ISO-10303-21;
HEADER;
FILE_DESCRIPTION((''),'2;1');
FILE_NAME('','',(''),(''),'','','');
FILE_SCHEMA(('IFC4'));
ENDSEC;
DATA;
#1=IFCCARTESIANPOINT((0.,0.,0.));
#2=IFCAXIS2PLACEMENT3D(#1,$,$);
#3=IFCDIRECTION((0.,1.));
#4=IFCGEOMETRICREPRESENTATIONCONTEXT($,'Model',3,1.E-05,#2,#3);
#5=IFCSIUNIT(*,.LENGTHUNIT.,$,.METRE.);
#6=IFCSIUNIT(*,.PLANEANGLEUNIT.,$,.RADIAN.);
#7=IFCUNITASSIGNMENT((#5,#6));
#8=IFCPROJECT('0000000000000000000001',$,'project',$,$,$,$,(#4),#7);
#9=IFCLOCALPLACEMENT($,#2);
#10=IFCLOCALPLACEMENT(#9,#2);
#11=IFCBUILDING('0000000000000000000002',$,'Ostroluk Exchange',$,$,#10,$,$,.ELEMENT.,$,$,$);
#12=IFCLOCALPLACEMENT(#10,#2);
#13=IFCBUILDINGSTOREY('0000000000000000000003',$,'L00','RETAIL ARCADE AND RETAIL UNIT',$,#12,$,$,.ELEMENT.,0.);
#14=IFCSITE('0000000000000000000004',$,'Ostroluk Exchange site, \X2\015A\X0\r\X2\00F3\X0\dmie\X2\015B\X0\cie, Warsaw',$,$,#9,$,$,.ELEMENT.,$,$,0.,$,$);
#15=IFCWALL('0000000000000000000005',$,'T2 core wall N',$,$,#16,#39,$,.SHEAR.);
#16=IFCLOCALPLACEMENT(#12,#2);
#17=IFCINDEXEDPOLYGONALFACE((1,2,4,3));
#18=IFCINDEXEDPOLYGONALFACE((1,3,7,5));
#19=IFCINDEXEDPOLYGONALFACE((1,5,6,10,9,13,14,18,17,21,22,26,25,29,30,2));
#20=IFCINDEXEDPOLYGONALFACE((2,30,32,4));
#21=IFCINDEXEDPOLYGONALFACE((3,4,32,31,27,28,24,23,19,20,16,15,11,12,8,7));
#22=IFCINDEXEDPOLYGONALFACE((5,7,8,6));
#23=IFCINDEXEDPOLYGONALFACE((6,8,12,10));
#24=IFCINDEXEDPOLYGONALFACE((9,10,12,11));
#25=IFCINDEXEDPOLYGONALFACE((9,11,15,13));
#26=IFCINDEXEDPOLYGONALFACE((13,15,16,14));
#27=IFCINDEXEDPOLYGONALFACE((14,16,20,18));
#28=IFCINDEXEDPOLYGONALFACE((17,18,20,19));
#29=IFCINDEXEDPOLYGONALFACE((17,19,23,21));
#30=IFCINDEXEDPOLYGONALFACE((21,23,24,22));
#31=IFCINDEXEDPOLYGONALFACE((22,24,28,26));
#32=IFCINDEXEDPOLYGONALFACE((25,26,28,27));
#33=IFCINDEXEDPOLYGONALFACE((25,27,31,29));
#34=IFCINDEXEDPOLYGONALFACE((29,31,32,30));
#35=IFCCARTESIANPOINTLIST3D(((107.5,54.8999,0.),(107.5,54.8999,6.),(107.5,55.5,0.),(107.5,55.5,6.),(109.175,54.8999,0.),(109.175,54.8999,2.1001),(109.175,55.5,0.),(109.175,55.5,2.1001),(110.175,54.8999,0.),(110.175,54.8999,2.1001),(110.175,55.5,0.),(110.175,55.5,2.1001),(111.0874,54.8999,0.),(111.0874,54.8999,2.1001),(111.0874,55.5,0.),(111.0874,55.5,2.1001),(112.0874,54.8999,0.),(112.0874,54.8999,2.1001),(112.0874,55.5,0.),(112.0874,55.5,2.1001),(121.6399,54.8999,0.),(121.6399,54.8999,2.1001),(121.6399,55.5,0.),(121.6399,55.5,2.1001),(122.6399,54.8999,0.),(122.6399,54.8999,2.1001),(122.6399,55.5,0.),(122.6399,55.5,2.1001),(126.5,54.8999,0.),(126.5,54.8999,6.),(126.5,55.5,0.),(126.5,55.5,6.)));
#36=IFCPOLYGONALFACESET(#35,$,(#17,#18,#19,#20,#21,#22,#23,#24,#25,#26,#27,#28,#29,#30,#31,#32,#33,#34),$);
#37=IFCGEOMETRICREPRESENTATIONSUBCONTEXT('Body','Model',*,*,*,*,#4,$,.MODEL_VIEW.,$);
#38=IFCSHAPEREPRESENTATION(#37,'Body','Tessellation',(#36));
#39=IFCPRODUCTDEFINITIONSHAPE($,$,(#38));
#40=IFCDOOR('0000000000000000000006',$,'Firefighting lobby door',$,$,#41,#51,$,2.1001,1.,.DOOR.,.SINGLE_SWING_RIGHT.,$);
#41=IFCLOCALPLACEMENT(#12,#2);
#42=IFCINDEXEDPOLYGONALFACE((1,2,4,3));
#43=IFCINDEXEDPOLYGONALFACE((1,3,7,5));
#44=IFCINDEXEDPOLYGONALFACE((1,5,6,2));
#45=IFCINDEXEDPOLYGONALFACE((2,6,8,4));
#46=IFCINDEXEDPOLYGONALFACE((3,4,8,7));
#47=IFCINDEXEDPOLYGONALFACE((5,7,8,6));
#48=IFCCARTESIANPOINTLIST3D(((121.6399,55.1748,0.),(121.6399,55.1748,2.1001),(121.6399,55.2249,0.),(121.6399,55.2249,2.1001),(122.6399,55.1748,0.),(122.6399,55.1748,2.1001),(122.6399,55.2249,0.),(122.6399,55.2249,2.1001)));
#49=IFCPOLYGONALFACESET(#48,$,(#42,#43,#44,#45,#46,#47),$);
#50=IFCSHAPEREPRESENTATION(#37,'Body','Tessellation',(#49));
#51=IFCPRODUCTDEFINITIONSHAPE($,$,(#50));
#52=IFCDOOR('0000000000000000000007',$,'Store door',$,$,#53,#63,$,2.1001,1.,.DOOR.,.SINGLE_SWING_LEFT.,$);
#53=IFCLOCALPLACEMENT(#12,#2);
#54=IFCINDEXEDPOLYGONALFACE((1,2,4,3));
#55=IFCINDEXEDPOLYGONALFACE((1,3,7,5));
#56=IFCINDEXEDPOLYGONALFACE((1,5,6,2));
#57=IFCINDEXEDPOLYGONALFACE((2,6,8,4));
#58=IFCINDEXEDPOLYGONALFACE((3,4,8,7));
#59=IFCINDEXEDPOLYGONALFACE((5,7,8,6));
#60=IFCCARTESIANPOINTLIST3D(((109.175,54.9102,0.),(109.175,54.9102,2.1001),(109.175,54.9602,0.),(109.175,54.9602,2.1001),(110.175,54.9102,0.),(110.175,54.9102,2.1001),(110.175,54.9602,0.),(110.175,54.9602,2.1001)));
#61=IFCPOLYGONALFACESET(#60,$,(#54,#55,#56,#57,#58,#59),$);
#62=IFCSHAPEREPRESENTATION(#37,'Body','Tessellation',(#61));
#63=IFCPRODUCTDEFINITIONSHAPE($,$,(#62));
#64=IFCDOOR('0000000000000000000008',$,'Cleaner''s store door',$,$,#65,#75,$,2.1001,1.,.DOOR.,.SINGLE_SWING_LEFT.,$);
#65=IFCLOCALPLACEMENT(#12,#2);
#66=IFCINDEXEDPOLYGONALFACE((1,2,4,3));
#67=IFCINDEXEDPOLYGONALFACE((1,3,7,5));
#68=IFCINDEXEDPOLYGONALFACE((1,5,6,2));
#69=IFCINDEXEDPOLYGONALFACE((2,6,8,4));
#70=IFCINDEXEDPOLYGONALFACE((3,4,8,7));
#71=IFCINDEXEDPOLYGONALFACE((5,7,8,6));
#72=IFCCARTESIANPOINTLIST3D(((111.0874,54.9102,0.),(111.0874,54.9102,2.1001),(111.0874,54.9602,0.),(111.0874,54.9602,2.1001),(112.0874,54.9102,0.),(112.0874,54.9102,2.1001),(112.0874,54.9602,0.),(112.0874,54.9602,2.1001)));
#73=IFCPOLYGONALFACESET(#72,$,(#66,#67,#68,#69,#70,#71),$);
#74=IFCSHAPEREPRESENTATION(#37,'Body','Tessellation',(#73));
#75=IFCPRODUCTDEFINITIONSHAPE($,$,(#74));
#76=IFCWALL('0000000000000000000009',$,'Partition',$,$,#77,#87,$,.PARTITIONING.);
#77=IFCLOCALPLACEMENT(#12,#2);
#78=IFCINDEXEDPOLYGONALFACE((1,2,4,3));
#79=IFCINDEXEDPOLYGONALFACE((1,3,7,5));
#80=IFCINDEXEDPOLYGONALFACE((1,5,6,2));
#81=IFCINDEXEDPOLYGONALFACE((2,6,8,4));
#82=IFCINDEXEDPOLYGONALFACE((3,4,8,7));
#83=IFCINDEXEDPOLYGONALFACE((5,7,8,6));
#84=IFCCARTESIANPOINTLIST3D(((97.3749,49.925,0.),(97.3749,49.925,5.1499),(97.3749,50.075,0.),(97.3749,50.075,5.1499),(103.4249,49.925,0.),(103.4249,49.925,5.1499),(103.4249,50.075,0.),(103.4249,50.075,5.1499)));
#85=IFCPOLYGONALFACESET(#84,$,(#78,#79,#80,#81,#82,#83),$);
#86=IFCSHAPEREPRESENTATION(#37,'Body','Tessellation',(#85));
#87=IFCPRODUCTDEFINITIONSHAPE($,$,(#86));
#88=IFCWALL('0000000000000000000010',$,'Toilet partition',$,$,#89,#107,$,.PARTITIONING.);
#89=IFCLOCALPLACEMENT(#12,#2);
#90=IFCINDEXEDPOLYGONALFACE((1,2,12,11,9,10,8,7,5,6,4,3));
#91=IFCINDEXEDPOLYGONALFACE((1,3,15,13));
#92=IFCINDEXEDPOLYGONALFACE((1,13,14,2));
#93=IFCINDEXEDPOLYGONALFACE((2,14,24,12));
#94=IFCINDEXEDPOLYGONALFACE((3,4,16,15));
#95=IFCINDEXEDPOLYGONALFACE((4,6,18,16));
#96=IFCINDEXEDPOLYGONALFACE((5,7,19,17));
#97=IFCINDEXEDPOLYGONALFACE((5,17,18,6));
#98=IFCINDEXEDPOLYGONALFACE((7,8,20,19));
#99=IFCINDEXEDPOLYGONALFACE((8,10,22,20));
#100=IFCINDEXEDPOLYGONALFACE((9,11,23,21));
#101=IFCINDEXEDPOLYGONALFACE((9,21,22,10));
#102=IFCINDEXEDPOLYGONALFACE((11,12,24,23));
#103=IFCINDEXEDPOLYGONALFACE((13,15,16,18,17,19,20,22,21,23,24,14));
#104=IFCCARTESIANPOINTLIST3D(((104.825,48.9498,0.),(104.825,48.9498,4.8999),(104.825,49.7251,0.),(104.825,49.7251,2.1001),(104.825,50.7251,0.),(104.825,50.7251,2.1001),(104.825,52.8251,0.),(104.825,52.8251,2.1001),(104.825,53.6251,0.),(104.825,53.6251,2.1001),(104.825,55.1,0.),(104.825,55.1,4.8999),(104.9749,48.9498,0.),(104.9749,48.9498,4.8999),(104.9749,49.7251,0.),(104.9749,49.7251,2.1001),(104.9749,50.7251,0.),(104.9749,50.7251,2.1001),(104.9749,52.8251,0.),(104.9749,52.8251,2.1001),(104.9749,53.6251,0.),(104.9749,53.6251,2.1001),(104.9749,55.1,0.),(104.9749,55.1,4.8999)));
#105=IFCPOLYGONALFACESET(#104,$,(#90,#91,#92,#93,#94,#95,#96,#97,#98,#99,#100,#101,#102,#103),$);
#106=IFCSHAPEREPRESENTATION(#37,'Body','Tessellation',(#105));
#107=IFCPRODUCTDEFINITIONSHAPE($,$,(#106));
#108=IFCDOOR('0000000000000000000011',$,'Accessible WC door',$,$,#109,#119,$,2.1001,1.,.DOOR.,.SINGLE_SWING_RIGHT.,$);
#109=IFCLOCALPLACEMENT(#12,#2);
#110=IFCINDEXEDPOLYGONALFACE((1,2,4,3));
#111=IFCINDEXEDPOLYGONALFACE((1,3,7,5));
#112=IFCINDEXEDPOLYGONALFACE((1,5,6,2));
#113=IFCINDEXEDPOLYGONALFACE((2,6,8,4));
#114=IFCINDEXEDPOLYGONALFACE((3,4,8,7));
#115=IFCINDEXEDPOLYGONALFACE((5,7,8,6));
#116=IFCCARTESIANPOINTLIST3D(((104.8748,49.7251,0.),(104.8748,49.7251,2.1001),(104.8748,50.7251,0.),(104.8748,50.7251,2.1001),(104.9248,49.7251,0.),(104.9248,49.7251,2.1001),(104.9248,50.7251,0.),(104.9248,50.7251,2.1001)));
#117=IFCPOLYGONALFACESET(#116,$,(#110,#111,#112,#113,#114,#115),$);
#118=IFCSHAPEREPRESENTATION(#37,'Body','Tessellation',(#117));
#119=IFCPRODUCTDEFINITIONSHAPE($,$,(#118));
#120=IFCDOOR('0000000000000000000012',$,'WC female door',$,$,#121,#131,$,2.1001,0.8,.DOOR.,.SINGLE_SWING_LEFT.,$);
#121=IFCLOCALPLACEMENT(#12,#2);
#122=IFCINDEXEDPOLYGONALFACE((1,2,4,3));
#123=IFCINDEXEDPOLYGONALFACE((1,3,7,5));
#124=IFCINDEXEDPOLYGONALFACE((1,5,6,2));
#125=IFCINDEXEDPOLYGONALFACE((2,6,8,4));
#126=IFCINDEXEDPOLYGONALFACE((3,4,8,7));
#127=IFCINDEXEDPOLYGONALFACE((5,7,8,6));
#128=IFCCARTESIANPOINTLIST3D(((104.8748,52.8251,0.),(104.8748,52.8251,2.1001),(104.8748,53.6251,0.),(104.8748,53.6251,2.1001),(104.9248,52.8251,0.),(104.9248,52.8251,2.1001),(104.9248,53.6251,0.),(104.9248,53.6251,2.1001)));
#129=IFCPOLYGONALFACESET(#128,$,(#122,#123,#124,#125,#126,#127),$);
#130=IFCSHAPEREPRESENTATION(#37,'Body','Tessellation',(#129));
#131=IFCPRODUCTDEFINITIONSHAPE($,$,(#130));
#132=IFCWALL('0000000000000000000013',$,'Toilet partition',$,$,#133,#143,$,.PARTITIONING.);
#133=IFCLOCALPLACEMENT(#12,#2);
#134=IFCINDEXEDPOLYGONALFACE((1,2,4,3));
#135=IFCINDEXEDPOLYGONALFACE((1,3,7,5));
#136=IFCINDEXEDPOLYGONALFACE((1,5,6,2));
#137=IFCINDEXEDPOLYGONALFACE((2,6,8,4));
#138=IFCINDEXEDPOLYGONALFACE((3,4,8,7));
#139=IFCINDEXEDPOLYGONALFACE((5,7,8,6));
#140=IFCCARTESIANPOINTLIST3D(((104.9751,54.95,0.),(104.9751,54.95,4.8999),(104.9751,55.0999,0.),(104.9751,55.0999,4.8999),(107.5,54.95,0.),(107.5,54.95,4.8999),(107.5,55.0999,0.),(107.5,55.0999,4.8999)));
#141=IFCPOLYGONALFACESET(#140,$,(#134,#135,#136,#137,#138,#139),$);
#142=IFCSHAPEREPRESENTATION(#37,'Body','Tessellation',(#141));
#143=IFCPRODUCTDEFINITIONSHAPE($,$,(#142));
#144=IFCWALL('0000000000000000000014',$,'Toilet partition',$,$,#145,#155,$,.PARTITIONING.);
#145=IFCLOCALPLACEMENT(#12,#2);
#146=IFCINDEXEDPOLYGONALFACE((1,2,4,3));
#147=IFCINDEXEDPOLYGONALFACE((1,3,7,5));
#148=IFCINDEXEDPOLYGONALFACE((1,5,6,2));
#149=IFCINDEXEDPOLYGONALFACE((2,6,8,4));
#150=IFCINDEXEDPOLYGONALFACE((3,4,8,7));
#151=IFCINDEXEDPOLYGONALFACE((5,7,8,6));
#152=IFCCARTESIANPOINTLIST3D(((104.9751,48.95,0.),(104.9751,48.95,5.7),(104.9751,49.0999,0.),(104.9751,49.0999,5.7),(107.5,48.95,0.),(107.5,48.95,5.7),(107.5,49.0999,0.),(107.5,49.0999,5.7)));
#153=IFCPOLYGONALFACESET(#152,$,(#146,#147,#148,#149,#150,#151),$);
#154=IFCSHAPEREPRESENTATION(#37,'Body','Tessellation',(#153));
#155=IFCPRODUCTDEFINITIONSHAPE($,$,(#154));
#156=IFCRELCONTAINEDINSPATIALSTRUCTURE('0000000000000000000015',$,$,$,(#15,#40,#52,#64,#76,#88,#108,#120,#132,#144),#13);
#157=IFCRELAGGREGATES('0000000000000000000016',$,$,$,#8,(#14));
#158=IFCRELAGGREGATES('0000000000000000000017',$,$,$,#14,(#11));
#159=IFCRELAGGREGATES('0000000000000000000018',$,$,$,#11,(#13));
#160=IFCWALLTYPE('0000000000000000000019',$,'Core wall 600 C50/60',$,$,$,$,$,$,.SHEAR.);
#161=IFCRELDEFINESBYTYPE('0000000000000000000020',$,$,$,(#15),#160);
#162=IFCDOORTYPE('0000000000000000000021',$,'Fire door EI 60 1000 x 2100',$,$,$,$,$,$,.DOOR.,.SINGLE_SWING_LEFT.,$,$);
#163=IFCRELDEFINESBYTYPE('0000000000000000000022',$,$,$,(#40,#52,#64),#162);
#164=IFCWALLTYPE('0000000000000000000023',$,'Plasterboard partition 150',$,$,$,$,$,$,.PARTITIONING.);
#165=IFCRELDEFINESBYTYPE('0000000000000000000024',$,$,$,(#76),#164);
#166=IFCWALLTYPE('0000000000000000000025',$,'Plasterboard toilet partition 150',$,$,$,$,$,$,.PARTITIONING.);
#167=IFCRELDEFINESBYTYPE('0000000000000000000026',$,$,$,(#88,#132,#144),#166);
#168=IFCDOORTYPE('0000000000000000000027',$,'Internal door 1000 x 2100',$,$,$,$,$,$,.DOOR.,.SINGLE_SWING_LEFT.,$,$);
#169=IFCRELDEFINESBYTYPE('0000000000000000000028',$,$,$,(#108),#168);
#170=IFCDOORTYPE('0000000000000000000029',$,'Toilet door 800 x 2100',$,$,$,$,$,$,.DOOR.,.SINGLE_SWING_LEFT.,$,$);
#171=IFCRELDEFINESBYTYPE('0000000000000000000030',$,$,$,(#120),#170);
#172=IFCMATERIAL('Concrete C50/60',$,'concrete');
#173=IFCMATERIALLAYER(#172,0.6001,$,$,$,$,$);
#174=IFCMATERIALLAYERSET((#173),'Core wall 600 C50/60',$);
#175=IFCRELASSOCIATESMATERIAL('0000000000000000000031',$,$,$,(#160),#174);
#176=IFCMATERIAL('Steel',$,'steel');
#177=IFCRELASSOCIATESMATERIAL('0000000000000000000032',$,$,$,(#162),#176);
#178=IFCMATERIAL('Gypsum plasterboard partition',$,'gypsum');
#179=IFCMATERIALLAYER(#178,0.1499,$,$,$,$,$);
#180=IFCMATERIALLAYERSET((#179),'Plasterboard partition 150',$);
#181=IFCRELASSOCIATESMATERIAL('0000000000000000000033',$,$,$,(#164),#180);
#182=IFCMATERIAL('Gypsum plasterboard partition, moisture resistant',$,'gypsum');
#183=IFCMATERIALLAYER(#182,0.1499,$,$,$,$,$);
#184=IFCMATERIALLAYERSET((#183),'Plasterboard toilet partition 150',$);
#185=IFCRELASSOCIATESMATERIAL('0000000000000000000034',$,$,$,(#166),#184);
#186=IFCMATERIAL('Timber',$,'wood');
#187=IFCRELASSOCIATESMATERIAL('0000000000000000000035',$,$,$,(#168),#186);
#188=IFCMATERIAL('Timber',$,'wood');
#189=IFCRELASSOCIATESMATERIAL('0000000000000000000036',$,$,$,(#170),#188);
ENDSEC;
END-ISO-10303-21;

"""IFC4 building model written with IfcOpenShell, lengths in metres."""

from ifc_helpers import new_model, si_unit, direction, frame, frame_2d, origin, place, context, subcontext, project, spatial, rectangle, extrude, material, layer, layer_set, type_object, element, fill, save


model = new_model("IFC4")

# Units and contexts
model_context = context("Model", 3, precision=1e-05, world=origin(), true_north=direction((0.0, 1.0)))
body_context = subcontext(model_context, "Body", "Model", "MODEL_VIEW")
ifc_project = project(units=[si_unit("LENGTHUNIT", "METRE"), si_unit("PLANEANGLEUNIT", "RADIAN")], contexts=[model_context])

# Site, building, storey
site_placement = place(None, origin())
site = spatial("IfcSite", under=ifc_project, at=site_placement, Name="Ostroluk Exchange site, Śródmieście, Warsaw", CompositionType="ELEMENT", RefElevation=0.0)
building_placement = place(site_placement, origin())
building = spatial("IfcBuilding", under=site, at=building_placement, Name="Ostroluk Exchange", CompositionType="ELEMENT")
storey_placement = place(building_placement, origin())
storey = spatial("IfcBuildingStorey", under=building, at=storey_placement, Name="L00", Description="RETAIL ARCADE AND RETAIL UNIT", CompositionType="ELEMENT", Elevation=0.0)

# Wall, openings, doors
ifc_material_1 = material(Name="Concrete C50/60", Category="concrete")
ifc_layer_1 = layer(ifc_material_1, 0.6001)
ifc_layer_set_1 = layer_set([ifc_layer_1], Name="Core wall 600 C50/60")
wall_type_1 = type_object("IfcWallType", Name="Core wall 600 C50/60", PredefinedType="SHEAR", material=ifc_layer_set_1)
wall_1_placement = place(storey_placement, frame((107.5, 55.2, 0.0), z_axis=(0.0, 0.0, 1.0), x_axis=(1.0, 0.0, 0.0)))
wall_1 = element("IfcWall", 1, at=wall_1_placement, inside=storey, type_object=wall_type_1, Name="T2 core wall N", PredefinedType="SHEAR", context=body_context, shape_type="SweptSolid", body=[
    extrude(rectangle(XDim=19.0, YDim=0.6001, at=frame_2d((9.5, 0.0))), origin(), (0.0, 0.0, 1.0), 6.0),
])
opening_1_placement = place(wall_1_placement, frame((14.1399, 0.0, 0.0)))
opening_1 = element("IfcOpeningElement", 2, at=opening_1_placement, cuts=wall_1, PredefinedType="OPENING", context=body_context, shape_type="SweptSolid", body=[
    extrude(rectangle(XDim=1.0, YDim=2.1001, at=frame_2d((0.5, 1.05))), frame((0.0, 0.3101, 0.0), z_axis=(0.0, -1.0, 0.0), x_axis=(1.0, 0.0, 0.0)), (0.0, 0.0, 1.0), 0.6201),
])
opening_2_placement = place(wall_1_placement, frame((1.675, 0.0, 0.0)))
opening_2 = element("IfcOpeningElement", 3, at=opening_2_placement, cuts=wall_1, PredefinedType="OPENING", context=body_context, shape_type="SweptSolid", body=[
    extrude(rectangle(XDim=1.0, YDim=2.1001, at=frame_2d((0.5, 1.05))), frame((0.0, 0.3101, 0.0), z_axis=(0.0, -1.0, 0.0), x_axis=(1.0, 0.0, 0.0)), (0.0, 0.0, 1.0), 0.6201),
])
opening_3_placement = place(wall_1_placement, frame((3.5874, 0.0, 0.0)))
opening_3 = element("IfcOpeningElement", 4, at=opening_3_placement, cuts=wall_1, PredefinedType="OPENING", context=body_context, shape_type="SweptSolid", body=[
    extrude(rectangle(XDim=1.0, YDim=2.1001, at=frame_2d((0.5, 1.05))), frame((0.0, 0.3101, 0.0), z_axis=(0.0, -1.0, 0.0), x_axis=(1.0, 0.0, 0.0)), (0.0, 0.0, 1.0), 0.6201),
])
ifc_material_2 = material(Name="Steel", Category="steel")
door_type_1 = type_object("IfcDoorType", Name="Fire door EI 60 1000 x 2100", OperationType="SINGLE_SWING_LEFT", PredefinedType="DOOR", material=ifc_material_2)
door_1_placement = place(opening_1_placement, origin())
door_1 = element("IfcDoor", 5, at=door_1_placement, inside=storey, type_object=door_type_1, Name="Firefighting lobby door", OperationType="SINGLE_SWING_RIGHT", OverallHeight=2.1001, OverallWidth=1.0, PredefinedType="DOOR", context=body_context, shape_type="SweptSolid", body=[
    extrude(rectangle(XDim=1.0, YDim=2.1001, at=frame_2d((0.5, 1.05))), frame((0.0, 0.0249, 0.0), z_axis=(0.0, -1.0, 0.0), x_axis=(1.0, 0.0, 0.0)), (0.0, 0.0, 1.0), 0.05),
])
fill(opening_1, door_1)
door_2_placement = place(opening_2_placement, origin())
door_2 = element("IfcDoor", 6, at=door_2_placement, inside=storey, type_object=door_type_1, Name="Store door", OperationType="SINGLE_SWING_LEFT", OverallHeight=2.1001, OverallWidth=1.0, PredefinedType="DOOR", context=body_context, shape_type="SweptSolid", body=[
    extrude(rectangle(XDim=1.0, YDim=2.1001, at=frame_2d((0.5, 1.05))), frame((0.0, -0.2397, 0.0), z_axis=(0.0, -1.0, 0.0), x_axis=(1.0, 0.0, 0.0)), (0.0, 0.0, 1.0), 0.05),
])
fill(opening_2, door_2)
door_3_placement = place(opening_3_placement, origin())
door_3 = element("IfcDoor", 7, at=door_3_placement, inside=storey, type_object=door_type_1, Name="Cleaner's store door", OperationType="SINGLE_SWING_LEFT", OverallHeight=2.1001, OverallWidth=1.0, PredefinedType="DOOR", context=body_context, shape_type="SweptSolid", body=[
    extrude(rectangle(XDim=1.0, YDim=2.1001, at=frame_2d((0.5, 1.05))), frame((0.0, -0.2397, 0.0), z_axis=(0.0, -1.0, 0.0), x_axis=(1.0, 0.0, 0.0)), (0.0, 0.0, 1.0), 0.05),
])
fill(opening_3, door_3)

# Wall
ifc_material_3 = material(Name="Gypsum plasterboard partition", Category="gypsum")
ifc_layer_2 = layer(ifc_material_3, 0.1499)
ifc_layer_set_2 = layer_set([ifc_layer_2], Name="Plasterboard partition 150")
wall_type_2 = type_object("IfcWallType", Name="Plasterboard partition 150", PredefinedType="PARTITIONING", material=ifc_layer_set_2)
wall_2_placement = place(storey_placement, frame((97.375, 50.0, 0.0), z_axis=(0.0, 0.0, 1.0), x_axis=(1.0, 0.0, 0.0)))
element("IfcWall", 8, at=wall_2_placement, inside=storey, type_object=wall_type_2, Name="Partition", PredefinedType="PARTITIONING", context=body_context, shape_type="SweptSolid", body=[
    extrude(rectangle(XDim=6.05, YDim=0.1499, at=frame_2d((3.0249, 0.0))), origin(), (0.0, 0.0, 1.0), 5.1499),
])

# Wall, openings, doors
ifc_material_4 = material(Name="Gypsum plasterboard partition, moisture resistant", Category="gypsum")
ifc_layer_3 = layer(ifc_material_4, 0.1499)
ifc_layer_set_3 = layer_set([ifc_layer_3], Name="Plasterboard toilet partition 150")
wall_type_3 = type_object("IfcWallType", Name="Plasterboard toilet partition 150", PredefinedType="PARTITIONING", material=ifc_layer_set_3)
wall_3_placement = place(storey_placement, frame((104.8999, 55.1001, 0.0), z_axis=(0.0, 0.0, 1.0), x_axis=(0.0, -1.0, 0.0)))
wall_3 = element("IfcWall", 9, at=wall_3_placement, inside=storey, type_object=wall_type_3, Name="Toilet partition", PredefinedType="PARTITIONING", context=body_context, shape_type="SweptSolid", body=[
    extrude(rectangle(XDim=6.1501, YDim=0.1499, at=frame_2d((3.0752, 0.0))), origin(), (0.0, 0.0, 1.0), 4.8999),
])
opening_4_placement = place(wall_3_placement, frame((1.4751, 0.0, 0.0)))
opening_4 = element("IfcOpeningElement", 10, at=opening_4_placement, cuts=wall_3, PredefinedType="OPENING", context=body_context, shape_type="SweptSolid", body=[
    extrude(rectangle(XDim=0.8, YDim=2.1001, at=frame_2d((0.3999, 1.05))), frame((0.0, 0.085, 0.0), z_axis=(0.0, -1.0, 0.0), x_axis=(1.0, 0.0, 0.0)), (0.0, 0.0, 1.0), 0.1699),
])
opening_5_placement = place(wall_3_placement, frame((4.375, 0.0, 0.0)))
opening_5 = element("IfcOpeningElement", 11, at=opening_5_placement, cuts=wall_3, PredefinedType="OPENING", context=body_context, shape_type="SweptSolid", body=[
    extrude(rectangle(XDim=1.0, YDim=2.1001, at=frame_2d((0.5, 1.05))), frame((0.0, 0.085, 0.0), z_axis=(0.0, -1.0, 0.0), x_axis=(1.0, 0.0, 0.0)), (0.0, 0.0, 1.0), 0.1699),
])
ifc_material_5 = material(Name="Timber", Category="wood")
door_type_2 = type_object("IfcDoorType", Name="Internal door 1000 x 2100", OperationType="SINGLE_SWING_LEFT", PredefinedType="DOOR", material=ifc_material_5)
door_4_placement = place(opening_5_placement, origin())
door_4 = element("IfcDoor", 12, at=door_4_placement, inside=storey, type_object=door_type_2, Name="Accessible WC door", OperationType="SINGLE_SWING_RIGHT", OverallHeight=2.1001, OverallWidth=1.0, PredefinedType="DOOR", context=body_context, shape_type="SweptSolid", body=[
    extrude(rectangle(XDim=1.0, YDim=2.1001, at=frame_2d((0.5, 1.05))), frame((0.0, 0.0249, 0.0), z_axis=(0.0, -1.0, 0.0), x_axis=(1.0, 0.0, 0.0)), (0.0, 0.0, 1.0), 0.05),
])
fill(opening_5, door_4)
ifc_material_6 = material(Name="Timber", Category="wood")
door_type_3 = type_object("IfcDoorType", Name="Toilet door 800 x 2100", OperationType="SINGLE_SWING_LEFT", PredefinedType="DOOR", material=ifc_material_6)
door_5_placement = place(opening_4_placement, origin())
door_5 = element("IfcDoor", 13, at=door_5_placement, inside=storey, type_object=door_type_3, Name="WC female door", OperationType="SINGLE_SWING_LEFT", OverallHeight=2.1001, OverallWidth=0.8, PredefinedType="DOOR", context=body_context, shape_type="SweptSolid", body=[
    extrude(rectangle(XDim=0.8, YDim=2.1001, at=frame_2d((0.3999, 1.05))), frame((0.0, 0.0249, 0.0), z_axis=(0.0, -1.0, 0.0), x_axis=(1.0, 0.0, 0.0)), (0.0, 0.0, 1.0), 0.05),
])
fill(opening_4, door_5)

# Walls
wall_4_placement = place(storey_placement, frame((104.9751, 55.0249, 0.0), z_axis=(0.0, 0.0, 1.0), x_axis=(1.0, 0.0, 0.0)))
element("IfcWall", 14, at=wall_4_placement, inside=storey, type_object=wall_type_3, Name="Toilet partition", PredefinedType="PARTITIONING", context=body_context, shape_type="SweptSolid", body=[
    extrude(rectangle(XDim=2.5249, YDim=0.1499, at=frame_2d((1.2625, 0.0))), origin(), (0.0, 0.0, 1.0), 4.8999),
])
wall_5_placement = place(storey_placement, frame((104.9751, 49.0249, 0.0), z_axis=(0.0, 0.0, 1.0), x_axis=(1.0, 0.0, 0.0)))
element("IfcWall", 15, at=wall_5_placement, inside=storey, type_object=wall_type_3, Name="Toilet partition", PredefinedType="PARTITIONING", context=body_context, shape_type="SweptSolid", body=[
    extrude(rectangle(XDim=2.5249, YDim=0.1499, at=frame_2d((1.2625, 0.0))), origin(), (0.0, 0.0, 1.0), 5.7),
])

save(model, "model.ifc")
